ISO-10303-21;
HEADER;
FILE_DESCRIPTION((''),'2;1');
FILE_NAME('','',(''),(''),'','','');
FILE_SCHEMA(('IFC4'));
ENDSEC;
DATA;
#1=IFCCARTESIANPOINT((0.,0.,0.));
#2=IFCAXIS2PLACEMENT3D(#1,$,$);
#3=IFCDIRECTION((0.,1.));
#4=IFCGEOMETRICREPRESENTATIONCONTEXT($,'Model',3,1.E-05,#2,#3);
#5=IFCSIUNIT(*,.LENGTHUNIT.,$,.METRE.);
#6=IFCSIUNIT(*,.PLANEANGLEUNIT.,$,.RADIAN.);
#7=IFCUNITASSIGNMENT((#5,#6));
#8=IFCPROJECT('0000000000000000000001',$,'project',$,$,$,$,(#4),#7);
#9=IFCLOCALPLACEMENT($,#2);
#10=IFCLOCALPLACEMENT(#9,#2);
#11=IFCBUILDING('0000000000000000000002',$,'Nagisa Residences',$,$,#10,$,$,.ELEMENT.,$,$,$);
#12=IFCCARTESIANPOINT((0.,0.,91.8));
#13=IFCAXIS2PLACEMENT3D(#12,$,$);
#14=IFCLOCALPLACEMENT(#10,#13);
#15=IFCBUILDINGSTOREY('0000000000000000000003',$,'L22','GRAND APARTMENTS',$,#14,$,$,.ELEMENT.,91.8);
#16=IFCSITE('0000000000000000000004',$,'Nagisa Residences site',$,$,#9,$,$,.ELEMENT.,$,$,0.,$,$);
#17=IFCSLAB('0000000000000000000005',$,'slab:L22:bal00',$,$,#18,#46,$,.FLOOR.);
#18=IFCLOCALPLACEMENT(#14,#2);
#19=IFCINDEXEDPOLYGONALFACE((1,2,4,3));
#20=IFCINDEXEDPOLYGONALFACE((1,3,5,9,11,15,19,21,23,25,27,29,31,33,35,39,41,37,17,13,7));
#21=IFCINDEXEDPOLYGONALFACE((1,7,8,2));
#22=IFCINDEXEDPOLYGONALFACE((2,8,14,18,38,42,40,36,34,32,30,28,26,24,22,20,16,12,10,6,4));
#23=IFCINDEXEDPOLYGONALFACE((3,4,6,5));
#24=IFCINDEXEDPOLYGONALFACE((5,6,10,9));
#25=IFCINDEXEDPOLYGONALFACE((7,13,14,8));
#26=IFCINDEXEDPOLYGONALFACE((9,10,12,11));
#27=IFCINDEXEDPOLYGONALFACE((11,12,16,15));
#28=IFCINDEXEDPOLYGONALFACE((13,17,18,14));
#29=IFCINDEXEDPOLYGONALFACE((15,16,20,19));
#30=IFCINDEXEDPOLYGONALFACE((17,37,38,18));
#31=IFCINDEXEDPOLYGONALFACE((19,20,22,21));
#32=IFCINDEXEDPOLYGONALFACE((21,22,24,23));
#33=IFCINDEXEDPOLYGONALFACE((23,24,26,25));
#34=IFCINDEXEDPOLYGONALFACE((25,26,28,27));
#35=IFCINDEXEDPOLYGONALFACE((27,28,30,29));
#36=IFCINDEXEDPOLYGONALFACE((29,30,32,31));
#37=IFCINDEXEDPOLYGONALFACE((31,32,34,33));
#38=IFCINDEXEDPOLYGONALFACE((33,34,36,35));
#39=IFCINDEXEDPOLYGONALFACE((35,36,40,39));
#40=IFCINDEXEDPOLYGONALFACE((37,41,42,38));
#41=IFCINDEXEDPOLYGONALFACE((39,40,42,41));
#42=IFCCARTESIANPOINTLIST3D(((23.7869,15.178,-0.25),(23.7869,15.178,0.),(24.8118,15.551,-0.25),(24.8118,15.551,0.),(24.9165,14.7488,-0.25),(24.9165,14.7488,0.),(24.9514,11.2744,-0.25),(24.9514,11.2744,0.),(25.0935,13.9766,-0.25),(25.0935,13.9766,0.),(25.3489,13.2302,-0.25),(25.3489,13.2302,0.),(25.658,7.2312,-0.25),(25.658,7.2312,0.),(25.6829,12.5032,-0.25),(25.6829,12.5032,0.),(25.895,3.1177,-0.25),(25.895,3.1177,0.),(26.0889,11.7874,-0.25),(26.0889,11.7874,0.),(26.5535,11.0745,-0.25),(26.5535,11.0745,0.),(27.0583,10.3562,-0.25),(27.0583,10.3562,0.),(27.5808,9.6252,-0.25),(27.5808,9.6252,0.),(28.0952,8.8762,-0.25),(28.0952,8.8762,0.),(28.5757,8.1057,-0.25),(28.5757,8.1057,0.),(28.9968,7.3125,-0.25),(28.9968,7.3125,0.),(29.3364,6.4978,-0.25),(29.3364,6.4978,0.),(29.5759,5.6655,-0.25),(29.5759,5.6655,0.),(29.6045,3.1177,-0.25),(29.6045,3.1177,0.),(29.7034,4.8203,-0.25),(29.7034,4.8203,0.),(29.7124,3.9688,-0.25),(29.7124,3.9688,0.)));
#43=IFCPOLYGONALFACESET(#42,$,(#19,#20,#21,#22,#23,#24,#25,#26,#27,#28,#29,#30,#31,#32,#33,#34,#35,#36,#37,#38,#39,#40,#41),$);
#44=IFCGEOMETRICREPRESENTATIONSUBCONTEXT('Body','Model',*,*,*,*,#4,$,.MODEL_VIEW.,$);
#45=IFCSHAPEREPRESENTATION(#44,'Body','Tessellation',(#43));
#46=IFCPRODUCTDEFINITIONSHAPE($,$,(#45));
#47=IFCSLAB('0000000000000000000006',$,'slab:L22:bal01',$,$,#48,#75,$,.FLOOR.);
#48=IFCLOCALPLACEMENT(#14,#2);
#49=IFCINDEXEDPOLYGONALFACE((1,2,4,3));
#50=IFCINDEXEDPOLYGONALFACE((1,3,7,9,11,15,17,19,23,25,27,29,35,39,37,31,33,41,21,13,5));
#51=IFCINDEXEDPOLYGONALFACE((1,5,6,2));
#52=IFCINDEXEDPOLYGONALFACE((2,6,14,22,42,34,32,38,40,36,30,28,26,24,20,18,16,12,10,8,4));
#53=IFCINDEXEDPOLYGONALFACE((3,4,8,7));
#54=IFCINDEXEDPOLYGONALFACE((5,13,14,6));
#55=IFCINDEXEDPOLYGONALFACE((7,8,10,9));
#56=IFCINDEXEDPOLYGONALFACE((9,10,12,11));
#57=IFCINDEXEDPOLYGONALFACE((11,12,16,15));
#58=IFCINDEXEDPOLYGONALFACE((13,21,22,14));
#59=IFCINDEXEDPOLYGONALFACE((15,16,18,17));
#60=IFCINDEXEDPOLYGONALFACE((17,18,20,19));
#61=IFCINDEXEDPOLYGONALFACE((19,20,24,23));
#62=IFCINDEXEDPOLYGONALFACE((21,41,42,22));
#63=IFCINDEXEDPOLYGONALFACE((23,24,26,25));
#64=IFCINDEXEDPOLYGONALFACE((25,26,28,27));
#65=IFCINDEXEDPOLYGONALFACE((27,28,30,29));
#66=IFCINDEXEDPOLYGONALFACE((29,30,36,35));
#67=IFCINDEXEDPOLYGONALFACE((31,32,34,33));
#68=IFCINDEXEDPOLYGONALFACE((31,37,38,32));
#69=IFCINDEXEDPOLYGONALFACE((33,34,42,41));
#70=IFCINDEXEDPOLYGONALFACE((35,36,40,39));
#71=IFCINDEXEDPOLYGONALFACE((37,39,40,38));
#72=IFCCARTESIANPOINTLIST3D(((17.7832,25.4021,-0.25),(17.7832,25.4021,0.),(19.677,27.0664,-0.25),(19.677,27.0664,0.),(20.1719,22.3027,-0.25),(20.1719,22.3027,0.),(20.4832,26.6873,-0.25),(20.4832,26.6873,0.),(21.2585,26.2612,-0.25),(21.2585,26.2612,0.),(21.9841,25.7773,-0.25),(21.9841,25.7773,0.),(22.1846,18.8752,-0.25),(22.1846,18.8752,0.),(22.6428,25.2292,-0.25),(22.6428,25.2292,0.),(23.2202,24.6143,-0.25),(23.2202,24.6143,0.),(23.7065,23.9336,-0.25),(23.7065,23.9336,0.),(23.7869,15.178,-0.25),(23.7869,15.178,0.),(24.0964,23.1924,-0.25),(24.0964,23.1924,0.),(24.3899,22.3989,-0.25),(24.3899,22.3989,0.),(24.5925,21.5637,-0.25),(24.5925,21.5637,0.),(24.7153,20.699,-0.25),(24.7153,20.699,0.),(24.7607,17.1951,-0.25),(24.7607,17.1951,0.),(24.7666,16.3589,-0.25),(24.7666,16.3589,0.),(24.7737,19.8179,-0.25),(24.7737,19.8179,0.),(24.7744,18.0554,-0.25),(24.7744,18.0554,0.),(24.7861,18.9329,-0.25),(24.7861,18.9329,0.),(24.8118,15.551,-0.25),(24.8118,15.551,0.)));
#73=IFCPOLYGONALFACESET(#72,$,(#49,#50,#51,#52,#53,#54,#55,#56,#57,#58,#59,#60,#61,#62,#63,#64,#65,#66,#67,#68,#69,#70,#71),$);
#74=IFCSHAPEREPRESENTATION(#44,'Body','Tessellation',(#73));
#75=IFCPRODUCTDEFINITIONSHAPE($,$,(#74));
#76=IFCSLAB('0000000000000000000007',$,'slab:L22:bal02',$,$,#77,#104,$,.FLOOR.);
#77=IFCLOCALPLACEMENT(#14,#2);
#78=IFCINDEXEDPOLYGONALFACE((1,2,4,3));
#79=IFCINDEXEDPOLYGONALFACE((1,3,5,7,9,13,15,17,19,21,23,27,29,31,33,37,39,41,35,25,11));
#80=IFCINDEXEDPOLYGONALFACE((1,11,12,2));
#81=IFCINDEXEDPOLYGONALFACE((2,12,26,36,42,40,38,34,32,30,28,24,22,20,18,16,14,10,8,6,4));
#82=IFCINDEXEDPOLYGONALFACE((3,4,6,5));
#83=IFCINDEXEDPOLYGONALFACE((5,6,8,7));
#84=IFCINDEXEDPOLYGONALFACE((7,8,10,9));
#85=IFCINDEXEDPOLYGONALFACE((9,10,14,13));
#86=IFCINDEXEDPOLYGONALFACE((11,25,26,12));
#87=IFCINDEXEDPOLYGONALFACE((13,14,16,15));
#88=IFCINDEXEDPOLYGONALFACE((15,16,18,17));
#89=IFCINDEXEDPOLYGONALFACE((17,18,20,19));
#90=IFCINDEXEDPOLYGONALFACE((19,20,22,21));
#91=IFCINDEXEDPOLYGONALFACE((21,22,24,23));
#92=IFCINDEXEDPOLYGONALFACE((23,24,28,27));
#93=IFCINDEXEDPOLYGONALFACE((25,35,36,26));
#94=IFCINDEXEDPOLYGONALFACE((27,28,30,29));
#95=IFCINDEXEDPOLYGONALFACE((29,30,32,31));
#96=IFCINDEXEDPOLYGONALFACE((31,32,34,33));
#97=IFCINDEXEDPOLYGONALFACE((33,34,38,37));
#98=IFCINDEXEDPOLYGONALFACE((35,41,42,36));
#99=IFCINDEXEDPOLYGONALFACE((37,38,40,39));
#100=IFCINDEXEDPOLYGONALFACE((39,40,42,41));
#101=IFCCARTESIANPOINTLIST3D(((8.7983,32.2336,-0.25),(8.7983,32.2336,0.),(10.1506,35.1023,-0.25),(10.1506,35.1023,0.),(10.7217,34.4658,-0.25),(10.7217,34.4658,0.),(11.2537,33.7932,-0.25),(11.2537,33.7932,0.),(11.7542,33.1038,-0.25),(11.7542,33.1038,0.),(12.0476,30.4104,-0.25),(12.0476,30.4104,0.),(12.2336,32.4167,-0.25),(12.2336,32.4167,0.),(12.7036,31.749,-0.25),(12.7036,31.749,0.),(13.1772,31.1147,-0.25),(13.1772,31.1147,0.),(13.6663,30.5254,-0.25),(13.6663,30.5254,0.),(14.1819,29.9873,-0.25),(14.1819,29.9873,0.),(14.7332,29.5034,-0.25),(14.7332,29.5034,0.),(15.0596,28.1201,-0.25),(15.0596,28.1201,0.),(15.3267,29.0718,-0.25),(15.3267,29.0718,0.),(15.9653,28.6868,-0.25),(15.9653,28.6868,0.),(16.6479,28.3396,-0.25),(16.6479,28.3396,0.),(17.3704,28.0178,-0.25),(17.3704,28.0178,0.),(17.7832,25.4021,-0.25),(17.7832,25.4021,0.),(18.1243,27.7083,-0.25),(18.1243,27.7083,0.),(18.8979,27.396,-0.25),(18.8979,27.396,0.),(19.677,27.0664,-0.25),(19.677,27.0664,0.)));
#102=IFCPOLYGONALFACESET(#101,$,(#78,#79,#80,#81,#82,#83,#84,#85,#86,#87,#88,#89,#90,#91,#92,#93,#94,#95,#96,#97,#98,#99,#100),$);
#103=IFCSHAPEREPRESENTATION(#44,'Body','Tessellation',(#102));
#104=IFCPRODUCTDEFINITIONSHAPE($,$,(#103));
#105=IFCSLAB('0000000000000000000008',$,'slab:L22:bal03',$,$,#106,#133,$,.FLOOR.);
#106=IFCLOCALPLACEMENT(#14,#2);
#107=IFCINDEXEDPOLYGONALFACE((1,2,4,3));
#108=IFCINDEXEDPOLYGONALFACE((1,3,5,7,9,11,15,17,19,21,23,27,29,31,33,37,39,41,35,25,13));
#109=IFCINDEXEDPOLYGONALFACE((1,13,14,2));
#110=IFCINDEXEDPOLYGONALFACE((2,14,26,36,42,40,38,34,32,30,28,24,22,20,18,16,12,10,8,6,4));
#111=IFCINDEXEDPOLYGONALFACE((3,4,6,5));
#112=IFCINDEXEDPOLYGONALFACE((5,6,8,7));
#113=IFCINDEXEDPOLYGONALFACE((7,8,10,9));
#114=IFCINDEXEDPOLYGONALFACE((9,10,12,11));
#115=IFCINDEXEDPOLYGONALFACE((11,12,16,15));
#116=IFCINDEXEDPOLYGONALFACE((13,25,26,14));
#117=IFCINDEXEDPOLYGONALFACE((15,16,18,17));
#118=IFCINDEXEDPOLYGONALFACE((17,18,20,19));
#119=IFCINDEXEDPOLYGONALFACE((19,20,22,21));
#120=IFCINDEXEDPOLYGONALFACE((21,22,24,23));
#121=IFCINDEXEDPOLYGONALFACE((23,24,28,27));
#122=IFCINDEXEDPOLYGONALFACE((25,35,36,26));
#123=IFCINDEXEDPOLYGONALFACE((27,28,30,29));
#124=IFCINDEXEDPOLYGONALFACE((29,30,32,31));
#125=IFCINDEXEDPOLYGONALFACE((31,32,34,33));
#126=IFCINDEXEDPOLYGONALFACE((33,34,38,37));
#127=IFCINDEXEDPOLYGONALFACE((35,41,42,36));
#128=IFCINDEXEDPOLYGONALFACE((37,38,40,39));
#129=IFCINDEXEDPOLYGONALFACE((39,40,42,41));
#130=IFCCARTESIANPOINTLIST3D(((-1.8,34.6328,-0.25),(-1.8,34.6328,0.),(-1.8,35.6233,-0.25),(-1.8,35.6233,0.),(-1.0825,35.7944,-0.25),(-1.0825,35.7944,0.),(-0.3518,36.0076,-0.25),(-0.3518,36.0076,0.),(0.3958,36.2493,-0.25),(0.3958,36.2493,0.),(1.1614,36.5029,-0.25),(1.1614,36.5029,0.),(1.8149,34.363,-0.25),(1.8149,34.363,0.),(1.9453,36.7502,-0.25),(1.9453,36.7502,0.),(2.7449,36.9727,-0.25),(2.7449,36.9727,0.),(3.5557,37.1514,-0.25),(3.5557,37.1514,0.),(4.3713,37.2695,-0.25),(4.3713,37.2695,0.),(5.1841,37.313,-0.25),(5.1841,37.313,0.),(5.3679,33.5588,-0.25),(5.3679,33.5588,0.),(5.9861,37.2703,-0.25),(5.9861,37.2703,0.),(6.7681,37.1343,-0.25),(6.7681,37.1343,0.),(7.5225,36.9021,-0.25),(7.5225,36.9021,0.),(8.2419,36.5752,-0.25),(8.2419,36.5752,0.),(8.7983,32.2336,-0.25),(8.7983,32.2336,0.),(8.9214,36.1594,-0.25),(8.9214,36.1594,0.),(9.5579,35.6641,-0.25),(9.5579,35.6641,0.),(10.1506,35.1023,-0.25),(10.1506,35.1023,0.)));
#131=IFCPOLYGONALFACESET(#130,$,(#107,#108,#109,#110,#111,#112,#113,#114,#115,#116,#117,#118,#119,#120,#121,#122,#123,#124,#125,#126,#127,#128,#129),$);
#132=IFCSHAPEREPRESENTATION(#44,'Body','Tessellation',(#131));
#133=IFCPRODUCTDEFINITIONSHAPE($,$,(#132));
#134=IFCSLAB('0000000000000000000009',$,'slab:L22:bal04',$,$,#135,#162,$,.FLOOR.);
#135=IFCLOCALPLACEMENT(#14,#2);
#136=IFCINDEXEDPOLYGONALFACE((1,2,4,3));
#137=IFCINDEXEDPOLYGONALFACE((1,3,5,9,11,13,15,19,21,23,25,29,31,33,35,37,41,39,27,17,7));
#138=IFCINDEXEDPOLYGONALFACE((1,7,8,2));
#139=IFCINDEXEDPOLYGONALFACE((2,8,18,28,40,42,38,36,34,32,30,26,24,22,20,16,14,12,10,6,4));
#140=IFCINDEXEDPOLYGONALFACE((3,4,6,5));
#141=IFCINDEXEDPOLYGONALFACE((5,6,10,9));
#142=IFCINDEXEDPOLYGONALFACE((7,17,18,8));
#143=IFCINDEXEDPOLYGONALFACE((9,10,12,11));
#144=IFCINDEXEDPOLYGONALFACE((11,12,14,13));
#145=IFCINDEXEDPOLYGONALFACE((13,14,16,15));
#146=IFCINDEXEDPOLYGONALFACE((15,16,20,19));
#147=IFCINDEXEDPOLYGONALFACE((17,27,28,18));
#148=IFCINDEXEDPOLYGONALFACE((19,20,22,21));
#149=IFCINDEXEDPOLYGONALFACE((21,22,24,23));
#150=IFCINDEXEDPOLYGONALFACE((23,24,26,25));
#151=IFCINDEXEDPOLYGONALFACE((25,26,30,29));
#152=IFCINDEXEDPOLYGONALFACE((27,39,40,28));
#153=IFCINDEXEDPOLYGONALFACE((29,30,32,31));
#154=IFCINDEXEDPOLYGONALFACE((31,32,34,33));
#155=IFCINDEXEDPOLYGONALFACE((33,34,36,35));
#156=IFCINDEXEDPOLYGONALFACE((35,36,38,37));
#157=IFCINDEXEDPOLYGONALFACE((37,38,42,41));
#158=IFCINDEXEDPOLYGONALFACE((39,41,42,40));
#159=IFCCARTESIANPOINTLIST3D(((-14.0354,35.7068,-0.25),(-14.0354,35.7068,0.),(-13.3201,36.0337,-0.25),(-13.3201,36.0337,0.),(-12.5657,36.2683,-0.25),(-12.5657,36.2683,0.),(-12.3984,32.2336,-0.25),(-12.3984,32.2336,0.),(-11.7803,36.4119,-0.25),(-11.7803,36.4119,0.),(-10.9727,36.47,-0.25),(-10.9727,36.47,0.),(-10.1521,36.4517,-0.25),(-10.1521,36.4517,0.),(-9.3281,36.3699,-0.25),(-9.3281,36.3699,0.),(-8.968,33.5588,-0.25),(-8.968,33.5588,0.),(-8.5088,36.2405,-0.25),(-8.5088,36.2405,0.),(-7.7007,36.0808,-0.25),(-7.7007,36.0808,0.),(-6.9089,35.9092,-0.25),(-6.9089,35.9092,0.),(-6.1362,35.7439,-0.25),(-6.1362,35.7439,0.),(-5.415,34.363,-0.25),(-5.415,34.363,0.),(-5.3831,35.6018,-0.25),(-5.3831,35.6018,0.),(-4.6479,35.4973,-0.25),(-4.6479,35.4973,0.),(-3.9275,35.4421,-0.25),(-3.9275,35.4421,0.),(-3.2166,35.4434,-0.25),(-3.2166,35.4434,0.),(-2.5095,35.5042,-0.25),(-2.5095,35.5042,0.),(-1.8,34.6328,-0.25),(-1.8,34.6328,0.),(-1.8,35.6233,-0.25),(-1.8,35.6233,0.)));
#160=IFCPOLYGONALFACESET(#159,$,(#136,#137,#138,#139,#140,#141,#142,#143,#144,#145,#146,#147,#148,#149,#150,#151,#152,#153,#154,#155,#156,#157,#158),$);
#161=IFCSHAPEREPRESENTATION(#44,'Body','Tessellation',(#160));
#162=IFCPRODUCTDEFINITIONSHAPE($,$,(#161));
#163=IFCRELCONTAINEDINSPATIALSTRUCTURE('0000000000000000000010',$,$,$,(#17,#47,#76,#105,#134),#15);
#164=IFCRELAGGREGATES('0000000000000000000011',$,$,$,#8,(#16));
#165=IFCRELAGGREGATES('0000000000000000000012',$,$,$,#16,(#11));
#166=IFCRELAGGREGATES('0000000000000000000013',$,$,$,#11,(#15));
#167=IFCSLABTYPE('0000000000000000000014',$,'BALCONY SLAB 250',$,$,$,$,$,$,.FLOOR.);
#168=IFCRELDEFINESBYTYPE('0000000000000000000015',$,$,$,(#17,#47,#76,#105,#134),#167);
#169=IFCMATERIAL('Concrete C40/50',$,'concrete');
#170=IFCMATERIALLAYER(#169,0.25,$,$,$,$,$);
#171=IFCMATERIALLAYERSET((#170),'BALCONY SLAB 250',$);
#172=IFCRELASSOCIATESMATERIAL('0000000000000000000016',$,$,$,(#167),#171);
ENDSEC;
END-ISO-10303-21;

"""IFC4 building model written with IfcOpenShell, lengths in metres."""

from ifc_helpers import new_model, si_unit, direction, frame, origin, place, context, subcontext, project, spatial, polyline, outline, extrude, material, layer, layer_set, type_object, element, save


model = new_model("IFC4")

# Units and contexts
model_context = context("Model", 3, precision=1e-05, world=origin(), true_north=direction((0.0, 1.0)))
body_context = subcontext(model_context, "Body", "Model", "MODEL_VIEW")
ifc_project = project(units=[si_unit("LENGTHUNIT", "METRE"), si_unit("PLANEANGLEUNIT", "RADIAN")], contexts=[model_context])

# Site, building, storey
site_placement = place(None, origin())
site = spatial("IfcSite", under=ifc_project, at=site_placement, Name="Nagisa Residences site", CompositionType="ELEMENT", RefElevation=0.0)
building_placement = place(site_placement, origin())
building = spatial("IfcBuilding", under=site, at=building_placement, Name="Nagisa Residences", CompositionType="ELEMENT")
storey_placement = place(building_placement, frame((0.0, 0.0, 91.8)))
storey = spatial("IfcBuildingStorey", under=building, at=storey_placement, Name="L22", Description="GRAND APARTMENTS", CompositionType="ELEMENT", Elevation=91.8)

# Slabs
ifc_material_1 = material(Name="Concrete C40/50", Category="concrete")
ifc_layer_1 = layer(ifc_material_1, 0.25)
ifc_layer_set_1 = layer_set([ifc_layer_1], Name="BALCONY SLAB 250")
slab_type_1 = type_object("IfcSlabType", Name="BALCONY SLAB 250", PredefinedType="FLOOR", material=ifc_layer_set_1)
slab_1_placement = place(storey_placement, frame((0.0, 0.0, -0.25)))
element("IfcSlab", 1, at=slab_1_placement, inside=storey, type_object=slab_type_1, Name="slab:L22:bal00", PredefinedType="FLOOR", context=body_context, shape_type="SweptSolid", body=[
    extrude(outline(polyline([(29.6045, 3.1177), (29.7124, 3.9688), (29.7034, 4.8203), (29.5759, 5.6655), (29.3364, 6.4978), (28.9968, 7.3125), (28.5757, 8.1057), (28.0952, 8.8762), (27.5808, 9.6252), (27.0583, 10.3562), (26.5535, 11.0745), (26.0889, 11.7874), (25.6829, 12.5032), (25.3489, 13.2302), (25.0935, 13.9766), (24.9165, 14.7488), (24.8118, 15.551), (23.7869, 15.178), (24.9514, 11.2744), (25.658, 7.2312), (25.895, 3.1177), (29.6045, 3.1177)])), origin(), (0.0, 0.0, 1.0), 0.25),
])
slab_2_placement = place(storey_placement, frame((0.0, 0.0, -0.25)))
element("IfcSlab", 2, at=slab_2_placement, inside=storey, type_object=slab_type_1, Name="slab:L22:bal01", PredefinedType="FLOOR", context=body_context, shape_type="SweptSolid", body=[
    extrude(outline(polyline([(24.8118, 15.551), (24.7666, 16.3589), (24.7607, 17.1951), (24.7744, 18.0554), (24.7861, 18.9329), (24.7737, 19.8179), (24.7153, 20.699), (24.5925, 21.5637), (24.3899, 22.3989), (24.0964, 23.1924), (23.7065, 23.9336), (23.2202, 24.6143), (22.6428, 25.2292), (21.9841, 25.7773), (21.2585, 26.2612), (20.4832, 26.6873), (19.677, 27.0664), (17.7832, 25.4021), (20.1719, 22.3027), (22.1846, 18.8752), (23.7869, 15.178), (24.8118, 15.551)])), origin(), (0.0, 0.0, 1.0), 0.25),
])
slab_3_placement = place(storey_placement, frame((0.0, 0.0, -0.25)))
element("IfcSlab", 3, at=slab_3_placement, inside=storey, type_object=slab_type_1, Name="slab:L22:bal02", PredefinedType="FLOOR", context=body_context, shape_type="SweptSolid", body=[
    extrude(outline(polyline([(19.677, 27.0664), (18.8979, 27.396), (18.1243, 27.7083), (17.3704, 28.0178), (16.6479, 28.3396), (15.9653, 28.6868), (15.3267, 29.0718), (14.7332, 29.5034), (14.1819, 29.9873), (13.6663, 30.5254), (13.1772, 31.1147), (12.7036, 31.749), (12.2336, 32.4167), (11.7542, 33.1038), (11.2537, 33.7932), (10.7217, 34.4658), (10.1506, 35.1023), (8.7983, 32.2336), (12.0476, 30.4104), (15.0596, 28.1201), (17.7832, 25.4021), (19.677, 27.0664)])), origin(), (0.0, 0.0, 1.0), 0.25),
])
slab_4_placement = place(storey_placement, frame((0.0, 0.0, -0.25)))
element("IfcSlab", 4, at=slab_4_placement, inside=storey, type_object=slab_type_1, Name="slab:L22:bal03", PredefinedType="FLOOR", context=body_context, shape_type="SweptSolid", body=[
    extrude(outline(polyline([(10.1506, 35.1023), (9.5579, 35.6641), (8.9214, 36.1594), (8.2419, 36.5752), (7.5225, 36.9021), (6.7681, 37.1343), (5.9861, 37.2703), (5.1841, 37.313), (4.3713, 37.2695), (3.5557, 37.1514), (2.7449, 36.9727), (1.9453, 36.7502), (1.1614, 36.5029), (0.3958, 36.2493), (-0.3518, 36.0076), (-1.0825, 35.7944), (-1.8, 35.6233), (-1.8, 34.6328), (1.8149, 34.363), (5.3679, 33.5588), (8.7983, 32.2336), (10.1506, 35.1023)])), origin(), (0.0, 0.0, 1.0), 0.25),
])
slab_5_placement = place(storey_placement, frame((0.0, 0.0, -0.25)))
element("IfcSlab", 5, at=slab_5_placement, inside=storey, type_object=slab_type_1, Name="slab:L22:bal04", PredefinedType="FLOOR", context=body_context, shape_type="SweptSolid", body=[
    extrude(outline(polyline([(-1.8, 35.6233), (-2.5095, 35.5042), (-3.2166, 35.4434), (-3.9275, 35.4421), (-4.6479, 35.4973), (-5.3831, 35.6018), (-6.1362, 35.7439), (-6.9089, 35.9092), (-7.7007, 36.0808), (-8.5088, 36.2405), (-9.3281, 36.3699), (-10.1521, 36.4517), (-10.9727, 36.47), (-11.7803, 36.4119), (-12.5657, 36.2683), (-13.3201, 36.0337), (-14.0354, 35.7068), (-12.3984, 32.2336), (-8.968, 33.5588), (-5.415, 34.363), (-1.8, 34.6328), (-1.8, 35.6233)])), origin(), (0.0, 0.0, 1.0), 0.25),
])

save(model, "model.ifc")
